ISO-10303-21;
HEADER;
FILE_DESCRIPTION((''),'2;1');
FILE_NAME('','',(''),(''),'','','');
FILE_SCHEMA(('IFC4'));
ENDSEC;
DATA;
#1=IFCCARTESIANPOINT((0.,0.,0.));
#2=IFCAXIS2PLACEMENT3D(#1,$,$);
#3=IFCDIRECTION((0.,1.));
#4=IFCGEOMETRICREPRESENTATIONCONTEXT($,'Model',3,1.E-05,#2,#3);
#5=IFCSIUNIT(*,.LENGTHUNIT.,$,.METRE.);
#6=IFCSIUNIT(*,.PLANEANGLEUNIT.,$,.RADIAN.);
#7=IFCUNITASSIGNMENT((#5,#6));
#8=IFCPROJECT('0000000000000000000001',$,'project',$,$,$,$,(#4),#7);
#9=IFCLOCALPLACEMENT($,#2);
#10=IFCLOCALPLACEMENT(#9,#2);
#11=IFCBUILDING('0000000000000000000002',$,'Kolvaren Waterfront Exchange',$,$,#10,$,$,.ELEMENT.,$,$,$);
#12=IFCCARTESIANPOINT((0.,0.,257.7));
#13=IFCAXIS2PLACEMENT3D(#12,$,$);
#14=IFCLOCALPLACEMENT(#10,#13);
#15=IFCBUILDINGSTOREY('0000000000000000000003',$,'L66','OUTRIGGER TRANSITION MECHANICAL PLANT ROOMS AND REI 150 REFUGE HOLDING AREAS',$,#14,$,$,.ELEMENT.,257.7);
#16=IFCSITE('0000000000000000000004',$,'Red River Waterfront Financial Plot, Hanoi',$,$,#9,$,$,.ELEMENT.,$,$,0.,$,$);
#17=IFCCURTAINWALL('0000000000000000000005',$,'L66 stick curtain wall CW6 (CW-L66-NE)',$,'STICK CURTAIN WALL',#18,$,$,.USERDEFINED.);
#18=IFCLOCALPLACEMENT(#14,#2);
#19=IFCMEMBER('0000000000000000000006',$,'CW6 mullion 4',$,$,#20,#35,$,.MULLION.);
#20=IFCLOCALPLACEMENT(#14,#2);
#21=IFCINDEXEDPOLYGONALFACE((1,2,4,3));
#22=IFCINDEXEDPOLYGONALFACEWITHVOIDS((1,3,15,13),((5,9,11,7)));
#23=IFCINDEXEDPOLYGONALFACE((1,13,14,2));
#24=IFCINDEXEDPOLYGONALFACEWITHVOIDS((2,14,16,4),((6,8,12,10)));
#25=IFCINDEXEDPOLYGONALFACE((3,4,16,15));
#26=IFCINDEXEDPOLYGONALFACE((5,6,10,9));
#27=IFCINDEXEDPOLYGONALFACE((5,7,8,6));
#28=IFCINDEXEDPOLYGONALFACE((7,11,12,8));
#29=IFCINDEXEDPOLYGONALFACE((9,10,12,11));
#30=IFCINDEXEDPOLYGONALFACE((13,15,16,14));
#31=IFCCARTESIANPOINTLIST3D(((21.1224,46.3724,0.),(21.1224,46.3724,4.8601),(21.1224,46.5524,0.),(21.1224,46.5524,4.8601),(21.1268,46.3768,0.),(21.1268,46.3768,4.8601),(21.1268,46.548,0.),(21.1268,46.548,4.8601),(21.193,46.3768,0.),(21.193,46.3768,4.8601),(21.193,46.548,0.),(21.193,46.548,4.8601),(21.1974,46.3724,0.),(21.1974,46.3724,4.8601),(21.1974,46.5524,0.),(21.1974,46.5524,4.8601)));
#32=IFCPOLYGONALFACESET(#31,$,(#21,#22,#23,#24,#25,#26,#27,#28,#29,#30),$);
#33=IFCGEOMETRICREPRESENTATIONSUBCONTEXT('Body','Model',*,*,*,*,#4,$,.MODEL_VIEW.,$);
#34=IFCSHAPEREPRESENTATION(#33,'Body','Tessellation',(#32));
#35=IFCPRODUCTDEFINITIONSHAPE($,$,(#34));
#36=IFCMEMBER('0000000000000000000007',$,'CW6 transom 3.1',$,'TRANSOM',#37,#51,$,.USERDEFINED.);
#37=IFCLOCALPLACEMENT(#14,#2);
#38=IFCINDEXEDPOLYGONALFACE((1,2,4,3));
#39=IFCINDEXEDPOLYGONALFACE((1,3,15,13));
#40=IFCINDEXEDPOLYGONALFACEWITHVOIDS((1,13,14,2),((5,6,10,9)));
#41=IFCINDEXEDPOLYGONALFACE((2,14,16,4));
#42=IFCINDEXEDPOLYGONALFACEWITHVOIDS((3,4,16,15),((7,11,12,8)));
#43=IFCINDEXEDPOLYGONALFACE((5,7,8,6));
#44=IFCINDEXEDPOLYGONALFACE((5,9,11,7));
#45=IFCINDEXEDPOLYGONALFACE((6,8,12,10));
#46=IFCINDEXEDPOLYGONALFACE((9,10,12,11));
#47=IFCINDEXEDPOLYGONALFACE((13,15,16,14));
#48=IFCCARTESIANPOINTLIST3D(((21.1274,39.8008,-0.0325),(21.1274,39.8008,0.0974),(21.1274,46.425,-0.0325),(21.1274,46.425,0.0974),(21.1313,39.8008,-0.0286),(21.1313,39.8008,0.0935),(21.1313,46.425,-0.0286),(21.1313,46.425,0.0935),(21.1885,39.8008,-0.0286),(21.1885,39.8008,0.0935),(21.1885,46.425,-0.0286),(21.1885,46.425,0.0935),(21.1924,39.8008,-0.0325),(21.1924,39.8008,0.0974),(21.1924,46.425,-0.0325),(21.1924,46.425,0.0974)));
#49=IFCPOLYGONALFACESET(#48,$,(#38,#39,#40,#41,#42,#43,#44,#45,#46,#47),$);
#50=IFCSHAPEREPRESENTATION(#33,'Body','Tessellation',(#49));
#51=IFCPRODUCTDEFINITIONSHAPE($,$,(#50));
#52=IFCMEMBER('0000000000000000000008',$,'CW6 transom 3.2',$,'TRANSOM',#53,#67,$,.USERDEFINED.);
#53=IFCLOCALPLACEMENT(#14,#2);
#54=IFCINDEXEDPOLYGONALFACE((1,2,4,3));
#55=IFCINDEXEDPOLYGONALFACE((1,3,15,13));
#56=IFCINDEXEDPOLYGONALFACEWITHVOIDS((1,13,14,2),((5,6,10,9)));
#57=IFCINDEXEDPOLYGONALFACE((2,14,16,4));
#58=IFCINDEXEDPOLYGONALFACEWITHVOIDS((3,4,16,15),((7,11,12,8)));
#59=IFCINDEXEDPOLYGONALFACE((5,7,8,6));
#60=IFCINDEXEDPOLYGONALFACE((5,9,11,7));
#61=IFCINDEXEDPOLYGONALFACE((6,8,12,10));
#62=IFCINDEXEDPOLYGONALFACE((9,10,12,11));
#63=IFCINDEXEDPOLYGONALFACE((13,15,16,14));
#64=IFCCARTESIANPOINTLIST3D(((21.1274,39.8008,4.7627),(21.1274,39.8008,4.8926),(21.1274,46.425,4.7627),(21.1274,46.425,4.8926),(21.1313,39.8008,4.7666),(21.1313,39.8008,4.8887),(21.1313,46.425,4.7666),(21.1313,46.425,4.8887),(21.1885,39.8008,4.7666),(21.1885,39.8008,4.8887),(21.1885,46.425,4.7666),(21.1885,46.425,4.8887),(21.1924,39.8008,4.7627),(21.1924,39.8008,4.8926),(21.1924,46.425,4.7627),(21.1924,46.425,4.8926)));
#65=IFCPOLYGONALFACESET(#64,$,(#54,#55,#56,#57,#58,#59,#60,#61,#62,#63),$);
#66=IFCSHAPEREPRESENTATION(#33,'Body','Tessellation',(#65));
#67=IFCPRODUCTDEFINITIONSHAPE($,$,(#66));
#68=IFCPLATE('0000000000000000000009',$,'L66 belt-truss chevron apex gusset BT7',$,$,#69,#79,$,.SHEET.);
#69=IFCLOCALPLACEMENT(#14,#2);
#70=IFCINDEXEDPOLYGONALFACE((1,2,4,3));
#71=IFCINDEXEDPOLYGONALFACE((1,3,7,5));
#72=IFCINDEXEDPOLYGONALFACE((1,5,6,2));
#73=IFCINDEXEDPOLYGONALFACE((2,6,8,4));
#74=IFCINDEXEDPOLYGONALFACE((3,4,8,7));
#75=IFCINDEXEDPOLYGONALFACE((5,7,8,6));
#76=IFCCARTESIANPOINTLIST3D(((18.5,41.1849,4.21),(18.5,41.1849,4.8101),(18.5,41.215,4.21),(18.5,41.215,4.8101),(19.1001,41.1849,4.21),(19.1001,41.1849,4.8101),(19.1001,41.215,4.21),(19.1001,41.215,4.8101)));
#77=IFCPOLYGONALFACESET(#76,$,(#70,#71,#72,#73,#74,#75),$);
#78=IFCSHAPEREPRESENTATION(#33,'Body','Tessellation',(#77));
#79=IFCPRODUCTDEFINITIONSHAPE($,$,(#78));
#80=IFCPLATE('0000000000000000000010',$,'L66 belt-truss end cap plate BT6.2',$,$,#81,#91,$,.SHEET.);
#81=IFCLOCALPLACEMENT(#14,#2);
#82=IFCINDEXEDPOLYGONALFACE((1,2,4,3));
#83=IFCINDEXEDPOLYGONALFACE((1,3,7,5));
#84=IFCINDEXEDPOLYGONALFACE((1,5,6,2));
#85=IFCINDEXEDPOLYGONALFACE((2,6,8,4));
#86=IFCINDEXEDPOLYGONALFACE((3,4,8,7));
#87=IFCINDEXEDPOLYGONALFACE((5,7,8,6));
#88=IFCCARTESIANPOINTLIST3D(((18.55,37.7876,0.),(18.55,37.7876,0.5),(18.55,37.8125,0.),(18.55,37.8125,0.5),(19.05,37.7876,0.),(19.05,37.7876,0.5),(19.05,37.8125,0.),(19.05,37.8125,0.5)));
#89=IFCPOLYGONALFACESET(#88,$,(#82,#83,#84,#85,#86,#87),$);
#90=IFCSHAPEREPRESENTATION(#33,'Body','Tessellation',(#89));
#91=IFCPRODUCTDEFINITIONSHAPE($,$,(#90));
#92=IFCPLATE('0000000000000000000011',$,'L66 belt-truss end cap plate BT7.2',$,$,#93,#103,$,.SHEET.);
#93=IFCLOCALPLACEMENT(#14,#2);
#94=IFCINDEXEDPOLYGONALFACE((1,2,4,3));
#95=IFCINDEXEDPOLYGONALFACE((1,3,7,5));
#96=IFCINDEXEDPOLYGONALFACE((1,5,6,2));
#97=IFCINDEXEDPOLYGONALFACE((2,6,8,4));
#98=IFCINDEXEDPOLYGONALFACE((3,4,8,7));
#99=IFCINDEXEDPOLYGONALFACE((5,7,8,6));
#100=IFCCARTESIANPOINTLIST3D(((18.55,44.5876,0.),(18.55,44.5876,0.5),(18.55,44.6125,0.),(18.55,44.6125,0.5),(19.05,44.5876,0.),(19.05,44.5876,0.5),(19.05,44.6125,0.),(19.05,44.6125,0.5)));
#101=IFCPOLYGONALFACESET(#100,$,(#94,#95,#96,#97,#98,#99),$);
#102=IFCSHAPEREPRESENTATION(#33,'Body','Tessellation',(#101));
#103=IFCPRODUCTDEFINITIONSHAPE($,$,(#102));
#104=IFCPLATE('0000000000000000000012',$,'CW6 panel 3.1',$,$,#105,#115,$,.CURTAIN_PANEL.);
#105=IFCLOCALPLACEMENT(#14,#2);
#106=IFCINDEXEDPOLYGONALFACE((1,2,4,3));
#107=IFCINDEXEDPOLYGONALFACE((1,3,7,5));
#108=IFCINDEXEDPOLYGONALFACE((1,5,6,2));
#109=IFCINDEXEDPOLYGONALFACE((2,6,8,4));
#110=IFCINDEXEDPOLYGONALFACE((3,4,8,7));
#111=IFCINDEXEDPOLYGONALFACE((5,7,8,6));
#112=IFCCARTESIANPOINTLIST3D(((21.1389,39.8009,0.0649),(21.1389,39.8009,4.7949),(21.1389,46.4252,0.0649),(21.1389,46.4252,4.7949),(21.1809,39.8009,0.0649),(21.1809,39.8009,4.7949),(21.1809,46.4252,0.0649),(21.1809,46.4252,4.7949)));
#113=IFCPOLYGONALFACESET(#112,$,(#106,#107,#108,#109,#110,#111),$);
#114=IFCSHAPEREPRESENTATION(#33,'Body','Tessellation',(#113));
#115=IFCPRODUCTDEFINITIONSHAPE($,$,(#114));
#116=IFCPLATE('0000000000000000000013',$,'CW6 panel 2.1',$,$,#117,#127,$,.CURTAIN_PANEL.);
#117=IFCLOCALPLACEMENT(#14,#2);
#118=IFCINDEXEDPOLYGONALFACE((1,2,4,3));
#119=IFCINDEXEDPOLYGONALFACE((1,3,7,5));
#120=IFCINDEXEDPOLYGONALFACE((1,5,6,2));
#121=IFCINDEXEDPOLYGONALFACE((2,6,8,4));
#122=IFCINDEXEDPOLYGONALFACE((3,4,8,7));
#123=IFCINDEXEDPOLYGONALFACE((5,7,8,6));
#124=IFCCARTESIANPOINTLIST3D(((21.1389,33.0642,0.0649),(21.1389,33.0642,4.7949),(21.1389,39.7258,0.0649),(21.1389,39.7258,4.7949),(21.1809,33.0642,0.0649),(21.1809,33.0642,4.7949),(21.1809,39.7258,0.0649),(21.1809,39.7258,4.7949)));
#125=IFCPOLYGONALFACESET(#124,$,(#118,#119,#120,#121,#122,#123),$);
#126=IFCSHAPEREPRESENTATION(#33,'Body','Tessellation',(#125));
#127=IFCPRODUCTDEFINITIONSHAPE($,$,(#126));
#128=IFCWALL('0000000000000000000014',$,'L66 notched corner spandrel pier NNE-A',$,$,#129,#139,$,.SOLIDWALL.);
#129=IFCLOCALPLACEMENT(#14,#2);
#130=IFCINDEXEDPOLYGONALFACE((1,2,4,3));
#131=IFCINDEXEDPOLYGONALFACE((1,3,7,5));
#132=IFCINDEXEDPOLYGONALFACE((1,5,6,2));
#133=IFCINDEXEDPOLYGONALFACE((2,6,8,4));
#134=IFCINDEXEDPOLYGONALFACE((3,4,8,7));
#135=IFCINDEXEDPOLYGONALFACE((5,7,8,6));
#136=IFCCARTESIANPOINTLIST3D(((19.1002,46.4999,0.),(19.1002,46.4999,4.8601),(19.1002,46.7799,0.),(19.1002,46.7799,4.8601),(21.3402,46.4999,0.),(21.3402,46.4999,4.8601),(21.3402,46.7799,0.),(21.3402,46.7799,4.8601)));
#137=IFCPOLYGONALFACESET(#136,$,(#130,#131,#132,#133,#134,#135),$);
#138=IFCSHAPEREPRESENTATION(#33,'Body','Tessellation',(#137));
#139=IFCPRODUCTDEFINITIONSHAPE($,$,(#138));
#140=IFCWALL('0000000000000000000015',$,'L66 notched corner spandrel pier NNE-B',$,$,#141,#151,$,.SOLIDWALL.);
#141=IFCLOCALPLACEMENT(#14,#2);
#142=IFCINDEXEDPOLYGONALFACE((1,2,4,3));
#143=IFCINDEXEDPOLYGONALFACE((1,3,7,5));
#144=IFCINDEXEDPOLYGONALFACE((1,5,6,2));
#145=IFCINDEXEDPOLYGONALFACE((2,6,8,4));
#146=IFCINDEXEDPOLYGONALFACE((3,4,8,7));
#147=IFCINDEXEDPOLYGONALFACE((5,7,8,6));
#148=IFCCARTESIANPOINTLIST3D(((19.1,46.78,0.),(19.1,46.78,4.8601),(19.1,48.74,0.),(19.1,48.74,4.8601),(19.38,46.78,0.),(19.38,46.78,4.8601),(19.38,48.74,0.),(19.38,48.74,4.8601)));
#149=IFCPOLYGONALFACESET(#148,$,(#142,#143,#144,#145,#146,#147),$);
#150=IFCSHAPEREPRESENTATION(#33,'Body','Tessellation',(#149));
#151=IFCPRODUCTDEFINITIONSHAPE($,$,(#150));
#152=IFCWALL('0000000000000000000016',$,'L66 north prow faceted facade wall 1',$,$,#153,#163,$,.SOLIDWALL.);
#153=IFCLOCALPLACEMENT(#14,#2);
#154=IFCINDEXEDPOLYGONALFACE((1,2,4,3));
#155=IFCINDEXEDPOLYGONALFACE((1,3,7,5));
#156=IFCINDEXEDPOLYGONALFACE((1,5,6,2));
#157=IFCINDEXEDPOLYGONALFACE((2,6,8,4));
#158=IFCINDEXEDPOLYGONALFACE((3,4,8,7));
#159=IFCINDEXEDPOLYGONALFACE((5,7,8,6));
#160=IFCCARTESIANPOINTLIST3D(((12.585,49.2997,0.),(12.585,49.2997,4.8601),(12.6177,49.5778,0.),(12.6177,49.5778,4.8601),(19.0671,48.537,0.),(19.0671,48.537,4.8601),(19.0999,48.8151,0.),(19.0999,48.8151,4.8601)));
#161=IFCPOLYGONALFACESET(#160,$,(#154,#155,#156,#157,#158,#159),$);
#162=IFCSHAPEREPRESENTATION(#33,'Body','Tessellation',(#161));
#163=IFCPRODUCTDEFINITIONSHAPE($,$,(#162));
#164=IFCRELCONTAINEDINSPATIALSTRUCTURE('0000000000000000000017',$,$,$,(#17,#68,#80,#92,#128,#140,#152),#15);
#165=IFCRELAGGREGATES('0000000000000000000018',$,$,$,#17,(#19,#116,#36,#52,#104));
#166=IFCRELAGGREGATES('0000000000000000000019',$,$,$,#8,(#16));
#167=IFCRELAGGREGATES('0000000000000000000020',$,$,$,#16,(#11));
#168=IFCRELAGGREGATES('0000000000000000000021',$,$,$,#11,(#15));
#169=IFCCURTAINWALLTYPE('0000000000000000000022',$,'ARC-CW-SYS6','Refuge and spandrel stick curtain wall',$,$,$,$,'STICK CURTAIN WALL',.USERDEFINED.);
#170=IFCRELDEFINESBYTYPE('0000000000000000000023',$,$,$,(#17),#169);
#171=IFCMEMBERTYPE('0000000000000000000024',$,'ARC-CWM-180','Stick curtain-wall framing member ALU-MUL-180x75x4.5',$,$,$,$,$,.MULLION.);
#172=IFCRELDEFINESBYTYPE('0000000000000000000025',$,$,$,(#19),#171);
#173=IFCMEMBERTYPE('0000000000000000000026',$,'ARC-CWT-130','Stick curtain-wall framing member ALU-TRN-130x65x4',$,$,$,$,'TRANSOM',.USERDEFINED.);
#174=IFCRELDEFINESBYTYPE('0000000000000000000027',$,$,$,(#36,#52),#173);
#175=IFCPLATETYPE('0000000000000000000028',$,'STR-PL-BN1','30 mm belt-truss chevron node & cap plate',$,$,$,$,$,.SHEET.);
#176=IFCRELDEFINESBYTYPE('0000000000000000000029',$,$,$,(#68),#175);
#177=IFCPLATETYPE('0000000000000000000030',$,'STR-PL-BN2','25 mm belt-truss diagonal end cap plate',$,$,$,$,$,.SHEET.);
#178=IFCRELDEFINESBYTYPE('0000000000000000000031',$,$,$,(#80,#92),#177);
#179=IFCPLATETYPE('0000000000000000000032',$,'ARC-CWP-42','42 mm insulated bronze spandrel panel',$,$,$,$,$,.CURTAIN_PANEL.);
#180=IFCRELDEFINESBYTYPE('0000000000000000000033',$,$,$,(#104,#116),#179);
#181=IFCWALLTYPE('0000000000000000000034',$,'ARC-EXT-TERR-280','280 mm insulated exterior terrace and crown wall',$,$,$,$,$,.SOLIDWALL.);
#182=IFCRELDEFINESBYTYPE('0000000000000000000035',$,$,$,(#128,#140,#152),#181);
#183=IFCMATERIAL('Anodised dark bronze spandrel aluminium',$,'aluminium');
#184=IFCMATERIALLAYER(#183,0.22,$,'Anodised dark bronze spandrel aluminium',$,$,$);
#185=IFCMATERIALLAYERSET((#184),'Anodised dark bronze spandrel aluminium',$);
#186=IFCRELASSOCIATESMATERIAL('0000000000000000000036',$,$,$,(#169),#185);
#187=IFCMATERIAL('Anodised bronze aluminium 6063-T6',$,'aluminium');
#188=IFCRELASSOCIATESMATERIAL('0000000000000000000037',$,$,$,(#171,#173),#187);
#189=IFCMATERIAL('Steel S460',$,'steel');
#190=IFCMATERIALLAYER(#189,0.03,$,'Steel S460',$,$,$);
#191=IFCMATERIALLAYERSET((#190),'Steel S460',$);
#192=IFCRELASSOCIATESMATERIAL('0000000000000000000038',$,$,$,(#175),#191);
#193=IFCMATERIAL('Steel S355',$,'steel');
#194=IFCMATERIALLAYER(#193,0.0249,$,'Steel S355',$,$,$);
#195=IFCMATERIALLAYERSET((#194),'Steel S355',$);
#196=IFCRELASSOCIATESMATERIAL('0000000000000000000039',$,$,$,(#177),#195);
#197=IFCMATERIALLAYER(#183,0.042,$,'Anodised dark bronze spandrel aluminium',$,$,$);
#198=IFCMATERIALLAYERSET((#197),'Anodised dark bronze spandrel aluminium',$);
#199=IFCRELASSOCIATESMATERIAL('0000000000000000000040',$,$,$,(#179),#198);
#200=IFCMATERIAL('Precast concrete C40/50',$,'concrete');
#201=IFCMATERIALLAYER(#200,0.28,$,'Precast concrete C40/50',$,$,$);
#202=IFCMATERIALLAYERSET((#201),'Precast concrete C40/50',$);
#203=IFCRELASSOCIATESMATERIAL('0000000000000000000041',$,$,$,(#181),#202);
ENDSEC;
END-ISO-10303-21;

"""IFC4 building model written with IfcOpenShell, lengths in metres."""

from ifc_helpers import new_model, si_unit, direction, frame, frame_2d, origin, origin_with_axes, origin_2d, place, context, subcontext, project, spatial, rectangle, hollow_rectangle, extrude, source, transform, mapped, material, layer, layer_set, material_profile, profile_set, type_object, element, aggregate, save


model = new_model("IFC4")

# Units and contexts
model_context = context("Model", 3, precision=1e-05, world=origin(), true_north=direction((0.0, 1.0)))
body_context = subcontext(model_context, "Body", "Model", "MODEL_VIEW")
ifc_project = project(units=[si_unit("LENGTHUNIT", "METRE"), si_unit("PLANEANGLEUNIT", "RADIAN")], contexts=[model_context])

# Site, building, storey
site_placement = place(None, origin())
site = spatial("IfcSite", under=ifc_project, at=site_placement, Name="Red River Waterfront Financial Plot, Hanoi", CompositionType="ELEMENT", RefElevation=0.0)
building_placement = place(site_placement, origin())
building = spatial("IfcBuilding", under=site, at=building_placement, Name="Kolvaren Waterfront Exchange", CompositionType="ELEMENT")
storey_placement = place(building_placement, frame((0.0, 0.0, 257.7)))
storey = spatial("IfcBuildingStorey", under=building, at=storey_placement, Name="L66", Description="OUTRIGGER TRANSITION MECHANICAL PLANT ROOMS AND REI 150 REFUGE HOLDING AREAS", CompositionType="ELEMENT", Elevation=257.7)

# Shared definitions
ifc_material_1 = material(Name="Steel S355", Category="steel")

# Shared definitions
ifc_material_2 = material(Name="Steel S460", Category="steel")

# Curtain wall, members
ifc_material_3 = material(Name="Anodised dark bronze spandrel aluminium", Category="aluminium")
ifc_layer_1 = layer(ifc_material_3, 0.22, Name="Anodised dark bronze spandrel aluminium")
ifc_layer_set_1 = layer_set([ifc_layer_1], Name="Anodised dark bronze spandrel aluminium")
curtain_wall_type = type_object("IfcCurtainWallType", Name="ARC-CW-SYS6", Description="Refuge and spandrel stick curtain wall", ElementType="STICK CURTAIN WALL", PredefinedType="USERDEFINED", material=ifc_layer_set_1)
curtain_wall_placement = place(storey_placement, origin())
curtain_wall = element("IfcCurtainWall", 1, at=curtain_wall_placement, inside=storey, type_object=curtain_wall_type, Name="L66 stick curtain wall CW6 (CW-L66-NE)", ObjectType="STICK CURTAIN WALL", PredefinedType="USERDEFINED")
ifc_material_4 = material(Name="Anodised bronze aluminium 6063-T6", Category="aluminium")
ifc_material_profile_1 = material_profile(ifc_material_4, hollow_rectangle(XDim=0.075, YDim=0.1799, WallThickness=0.0044, at=origin_2d()), Name="ALU-MUL-180x75x4.5")
ifc_profile_set_1 = profile_set([ifc_material_profile_1], Name="Anodised bronze aluminium 6063-T6")
member_type_1 = type_object("IfcMemberType", Name="ARC-CWM-180", Description="Stick curtain-wall framing member ALU-MUL-180x75x4.5", PredefinedType="MULLION", material=ifc_profile_set_1)
shared_shape_1 = source(origin_with_axes(), body_context, "Body", "SweptSolid", [
    extrude(hollow_rectangle(XDim=0.075, YDim=0.1799, WallThickness=0.0044, at=origin_2d()), origin(), (0.0, 0.0, 1.0), 4.8601),
])
member_1_placement = place(storey_placement, frame((21.1599, 46.4624, 0.0), z_axis=(0.0, 0.0, 1.0), x_axis=(-1.0, 0.0, 0.0)))
member_1 = element("IfcMember", 2, at=member_1_placement, type_object=member_type_1, Name="CW6 mullion 4", PredefinedType="MULLION", context=body_context, shape_type="MappedRepresentation", body=[
    mapped(shared_shape_1, transform((0.0, 0.0, 0.0), x_axis=(1.0, 0.0, 0.0), y_axis=(0.0, 1.0, 0.0), z_axis=(0.0, 0.0, 1.0), scale=1.0)),
])
ifc_material_profile_2 = material_profile(ifc_material_4, hollow_rectangle(XDim=0.0649, YDim=0.1299, WallThickness=0.0039, at=origin_2d()), Name="ALU-TRN-130x65x4")
ifc_profile_set_2 = profile_set([ifc_material_profile_2], Name="Anodised bronze aluminium 6063-T6")
member_type_2 = type_object("IfcMemberType", Name="ARC-CWT-130", Description="Stick curtain-wall framing member ALU-TRN-130x65x4", ElementType="TRANSOM", PredefinedType="USERDEFINED", material=ifc_profile_set_2)
shared_shape_2 = source(origin_with_axes(), body_context, "Body", "SweptSolid", [
    extrude(hollow_rectangle(XDim=0.0649, YDim=0.1299, WallThickness=0.0039, at=origin_2d()), origin(), (0.0, 0.0, 1.0), 6.6243),
])
member_2_placement = place(storey_placement, frame((21.1599, 39.8008, 0.0325), z_axis=(0.0, 1.0, 0.0), x_axis=(-1.0, 0.0, 0.0)))
member_2 = element("IfcMember", 3, at=member_2_placement, type_object=member_type_2, Name="CW6 transom 3.1", ObjectType="TRANSOM", PredefinedType="USERDEFINED", context=body_context, shape_type="MappedRepresentation", body=[
    mapped(shared_shape_2, transform((0.0, 0.0, 0.0), x_axis=(1.0, 0.0, 0.0), y_axis=(0.0, 1.0, 0.0), z_axis=(0.0, 0.0, 1.0), scale=1.0)),
])
member_3_placement = place(storey_placement, frame((21.1599, 39.8008, 4.8276), z_axis=(0.0, 1.0, 0.0), x_axis=(-1.0, 0.0, 0.0)))
member_3 = element("IfcMember", 4, at=member_3_placement, type_object=member_type_2, Name="CW6 transom 3.2", ObjectType="TRANSOM", PredefinedType="USERDEFINED", context=body_context, shape_type="MappedRepresentation", body=[
    mapped(shared_shape_2, transform((0.0, 0.0, 0.0), x_axis=(1.0, 0.0, 0.0), y_axis=(0.0, 1.0, 0.0), z_axis=(0.0, 0.0, 1.0), scale=1.0)),
])

# Plates
ifc_layer_2 = layer(ifc_material_2, 0.03, Name="Steel S460")
ifc_layer_set_2 = layer_set([ifc_layer_2], Name="Steel S460")
plate_type_1 = type_object("IfcPlateType", Name="STR-PL-BN1", Description="30 mm belt-truss chevron node & cap plate", PredefinedType="SHEET", material=ifc_layer_set_2)
shared_shape_3 = source(origin_with_axes(), body_context, "Body", "SweptSolid", [
    extrude(rectangle(XDim=0.6001, YDim=0.03, at=origin_2d()), origin(), (0.0, 0.0, 1.0), 0.6001),
])
plate_1_placement = place(storey_placement, frame((18.8, 41.2, 4.21), z_axis=(0.0, 0.0, 1.0), x_axis=(1.0, 0.0, 0.0)))
element("IfcPlate", 5, at=plate_1_placement, inside=storey, type_object=plate_type_1, Name="L66 belt-truss chevron apex gusset BT7", PredefinedType="SHEET", context=body_context, shape_type="MappedRepresentation", body=[
    mapped(shared_shape_3, transform((0.0, 0.0, 0.0), x_axis=(1.0, 0.0, 0.0), y_axis=(0.0, 1.0, 0.0), z_axis=(0.0, 0.0, 1.0), scale=1.0)),
])
ifc_layer_3 = layer(ifc_material_1, 0.0249, Name="Steel S355")
ifc_layer_set_3 = layer_set([ifc_layer_3], Name="Steel S355")
plate_type_2 = type_object("IfcPlateType", Name="STR-PL-BN2", Description="25 mm belt-truss diagonal end cap plate", PredefinedType="SHEET", material=ifc_layer_set_3)
shared_shape_4 = source(origin_with_axes(), body_context, "Body", "SweptSolid", [
    extrude(rectangle(XDim=0.5, YDim=0.0249, at=origin_2d()), origin(), (0.0, 0.0, 1.0), 0.5),
])
for number, where, z_axis, x_axis, name in (
    (6, (18.8, 37.8, 0.0), (0.0, 0.0, 1.0), (1.0, 0.0, 0.0), "L66 belt-truss end cap plate BT6.2"),
    (7, (18.8, 44.6001, 0.0), (0.0, 0.0, 1.0), (1.0, 0.0, 0.0), "L66 belt-truss end cap plate BT7.2"),
):
    element("IfcPlate", number, at=place(storey_placement, frame(where, z_axis=z_axis, x_axis=x_axis)), inside=storey, type_object=plate_type_2, Name=name, PredefinedType="SHEET", context=body_context, shape_type="MappedRepresentation", body=[
        mapped(shared_shape_4, transform((0.0, 0.0, 0.0), x_axis=(1.0, 0.0, 0.0), y_axis=(0.0, 1.0, 0.0), z_axis=(0.0, 0.0, 1.0), scale=1.0)),
    ])

# Plates
ifc_layer_4 = layer(ifc_material_3, 0.042, Name="Anodised dark bronze spandrel aluminium")
ifc_layer_set_4 = layer_set([ifc_layer_4], Name="Anodised dark bronze spandrel aluminium")
plate_type_3 = type_object("IfcPlateType", Name="ARC-CWP-42", Description="42 mm insulated bronze spandrel panel", PredefinedType="CURTAIN_PANEL", material=ifc_layer_set_4)
shared_shape_5 = source(origin_with_axes(), body_context, "Body", "SweptSolid", [
    extrude(rectangle(XDim=6.6243, YDim=0.042, at=origin_2d()), origin(), (0.0, 0.0, 1.0), 4.73),
])
plate_2_placement = place(storey_placement, frame((21.1599, 43.113, 0.0649), z_axis=(0.0, 0.0, 1.0), x_axis=(0.0, 1.0, 0.0)))
plate_2 = element("IfcPlate", 8, at=plate_2_placement, type_object=plate_type_3, Name="CW6 panel 3.1", PredefinedType="CURTAIN_PANEL", context=body_context, shape_type="MappedRepresentation", body=[
    mapped(shared_shape_5, transform((0.0, 0.0, 0.0), x_axis=(1.0, 0.0, 0.0), y_axis=(0.0, 1.0, 0.0), z_axis=(0.0, 0.0, 1.0), scale=1.0)),
])
shared_shape_6 = source(origin_with_axes(), body_context, "Body", "SweptSolid", [
    extrude(rectangle(XDim=6.6616, YDim=0.042, at=origin_2d()), origin(), (0.0, 0.0, 1.0), 4.73),
])
plate_3_placement = place(storey_placement, frame((21.1599, 36.395, 0.0649), z_axis=(0.0, 0.0, 1.0), x_axis=(0.0, 1.0, 0.0)))
plate_3 = element("IfcPlate", 9, at=plate_3_placement, type_object=plate_type_3, Name="CW6 panel 2.1", PredefinedType="CURTAIN_PANEL", context=body_context, shape_type="MappedRepresentation", body=[
    mapped(shared_shape_6, transform((0.0, 0.0, 0.0), x_axis=(1.0, 0.0, 0.0), y_axis=(0.0, 1.0, 0.0), z_axis=(0.0, 0.0, 1.0), scale=1.0)),
])
aggregate(curtain_wall, [member_1, plate_3, member_2, member_3, plate_2])

# Walls
ifc_material_5 = material(Name="Precast concrete C40/50", Category="concrete")
ifc_layer_5 = layer(ifc_material_5, 0.28, Name="Precast concrete C40/50")
ifc_layer_set_5 = layer_set([ifc_layer_5], Name="Precast concrete C40/50")
wall_type = type_object("IfcWallType", Name="ARC-EXT-TERR-280", Description="280 mm insulated exterior terrace and crown wall", PredefinedType="SOLIDWALL", material=ifc_layer_set_5)
wall_1_placement = place(storey_placement, frame((19.1001, 46.6399, 0.0), z_axis=(0.0, 0.0, 1.0), x_axis=(1.0, 0.0, 0.0)))
element("IfcWall", 10, at=wall_1_placement, inside=storey, type_object=wall_type, Name="L66 notched corner spandrel pier NNE-A", PredefinedType="SOLIDWALL", context=body_context, shape_type="SweptSolid", body=[
    extrude(rectangle(XDim=2.24, YDim=0.28, at=frame_2d((1.1201, 0.0))), origin(), (0.0, 0.0, 1.0), 4.8601),
])
wall_2_placement = place(storey_placement, frame((19.24, 46.78, 0.0), z_axis=(0.0, 0.0, 1.0), x_axis=(0.0, 1.0, 0.0)))
element("IfcWall", 11, at=wall_2_placement, inside=storey, type_object=wall_type, Name="L66 notched corner spandrel pier NNE-B", PredefinedType="SOLIDWALL", context=body_context, shape_type="SweptSolid", body=[
    extrude(rectangle(XDim=1.96, YDim=0.28, at=frame_2d((0.98, 0.0))), origin(), (0.0, 0.0, 1.0), 4.8601),
])
wall_3_placement = place(storey_placement, frame((19.0835, 48.676, 0.0), z_axis=(0.0, 0.0, 1.0), x_axis=(-0.993149, 0.116854, 0.0)))
element("IfcWall", 12, at=wall_3_placement, inside=storey, type_object=wall_type, Name="L66 north prow faceted facade wall 1", PredefinedType="SOLIDWALL", context=body_context, shape_type="SweptSolid", body=[
    extrude(rectangle(XDim=6.5269, YDim=0.28, at=frame_2d((3.2634, 0.0))), origin(), (0.0, 0.0, 1.0), 4.8601),
])

save(model, "model.ifc")
